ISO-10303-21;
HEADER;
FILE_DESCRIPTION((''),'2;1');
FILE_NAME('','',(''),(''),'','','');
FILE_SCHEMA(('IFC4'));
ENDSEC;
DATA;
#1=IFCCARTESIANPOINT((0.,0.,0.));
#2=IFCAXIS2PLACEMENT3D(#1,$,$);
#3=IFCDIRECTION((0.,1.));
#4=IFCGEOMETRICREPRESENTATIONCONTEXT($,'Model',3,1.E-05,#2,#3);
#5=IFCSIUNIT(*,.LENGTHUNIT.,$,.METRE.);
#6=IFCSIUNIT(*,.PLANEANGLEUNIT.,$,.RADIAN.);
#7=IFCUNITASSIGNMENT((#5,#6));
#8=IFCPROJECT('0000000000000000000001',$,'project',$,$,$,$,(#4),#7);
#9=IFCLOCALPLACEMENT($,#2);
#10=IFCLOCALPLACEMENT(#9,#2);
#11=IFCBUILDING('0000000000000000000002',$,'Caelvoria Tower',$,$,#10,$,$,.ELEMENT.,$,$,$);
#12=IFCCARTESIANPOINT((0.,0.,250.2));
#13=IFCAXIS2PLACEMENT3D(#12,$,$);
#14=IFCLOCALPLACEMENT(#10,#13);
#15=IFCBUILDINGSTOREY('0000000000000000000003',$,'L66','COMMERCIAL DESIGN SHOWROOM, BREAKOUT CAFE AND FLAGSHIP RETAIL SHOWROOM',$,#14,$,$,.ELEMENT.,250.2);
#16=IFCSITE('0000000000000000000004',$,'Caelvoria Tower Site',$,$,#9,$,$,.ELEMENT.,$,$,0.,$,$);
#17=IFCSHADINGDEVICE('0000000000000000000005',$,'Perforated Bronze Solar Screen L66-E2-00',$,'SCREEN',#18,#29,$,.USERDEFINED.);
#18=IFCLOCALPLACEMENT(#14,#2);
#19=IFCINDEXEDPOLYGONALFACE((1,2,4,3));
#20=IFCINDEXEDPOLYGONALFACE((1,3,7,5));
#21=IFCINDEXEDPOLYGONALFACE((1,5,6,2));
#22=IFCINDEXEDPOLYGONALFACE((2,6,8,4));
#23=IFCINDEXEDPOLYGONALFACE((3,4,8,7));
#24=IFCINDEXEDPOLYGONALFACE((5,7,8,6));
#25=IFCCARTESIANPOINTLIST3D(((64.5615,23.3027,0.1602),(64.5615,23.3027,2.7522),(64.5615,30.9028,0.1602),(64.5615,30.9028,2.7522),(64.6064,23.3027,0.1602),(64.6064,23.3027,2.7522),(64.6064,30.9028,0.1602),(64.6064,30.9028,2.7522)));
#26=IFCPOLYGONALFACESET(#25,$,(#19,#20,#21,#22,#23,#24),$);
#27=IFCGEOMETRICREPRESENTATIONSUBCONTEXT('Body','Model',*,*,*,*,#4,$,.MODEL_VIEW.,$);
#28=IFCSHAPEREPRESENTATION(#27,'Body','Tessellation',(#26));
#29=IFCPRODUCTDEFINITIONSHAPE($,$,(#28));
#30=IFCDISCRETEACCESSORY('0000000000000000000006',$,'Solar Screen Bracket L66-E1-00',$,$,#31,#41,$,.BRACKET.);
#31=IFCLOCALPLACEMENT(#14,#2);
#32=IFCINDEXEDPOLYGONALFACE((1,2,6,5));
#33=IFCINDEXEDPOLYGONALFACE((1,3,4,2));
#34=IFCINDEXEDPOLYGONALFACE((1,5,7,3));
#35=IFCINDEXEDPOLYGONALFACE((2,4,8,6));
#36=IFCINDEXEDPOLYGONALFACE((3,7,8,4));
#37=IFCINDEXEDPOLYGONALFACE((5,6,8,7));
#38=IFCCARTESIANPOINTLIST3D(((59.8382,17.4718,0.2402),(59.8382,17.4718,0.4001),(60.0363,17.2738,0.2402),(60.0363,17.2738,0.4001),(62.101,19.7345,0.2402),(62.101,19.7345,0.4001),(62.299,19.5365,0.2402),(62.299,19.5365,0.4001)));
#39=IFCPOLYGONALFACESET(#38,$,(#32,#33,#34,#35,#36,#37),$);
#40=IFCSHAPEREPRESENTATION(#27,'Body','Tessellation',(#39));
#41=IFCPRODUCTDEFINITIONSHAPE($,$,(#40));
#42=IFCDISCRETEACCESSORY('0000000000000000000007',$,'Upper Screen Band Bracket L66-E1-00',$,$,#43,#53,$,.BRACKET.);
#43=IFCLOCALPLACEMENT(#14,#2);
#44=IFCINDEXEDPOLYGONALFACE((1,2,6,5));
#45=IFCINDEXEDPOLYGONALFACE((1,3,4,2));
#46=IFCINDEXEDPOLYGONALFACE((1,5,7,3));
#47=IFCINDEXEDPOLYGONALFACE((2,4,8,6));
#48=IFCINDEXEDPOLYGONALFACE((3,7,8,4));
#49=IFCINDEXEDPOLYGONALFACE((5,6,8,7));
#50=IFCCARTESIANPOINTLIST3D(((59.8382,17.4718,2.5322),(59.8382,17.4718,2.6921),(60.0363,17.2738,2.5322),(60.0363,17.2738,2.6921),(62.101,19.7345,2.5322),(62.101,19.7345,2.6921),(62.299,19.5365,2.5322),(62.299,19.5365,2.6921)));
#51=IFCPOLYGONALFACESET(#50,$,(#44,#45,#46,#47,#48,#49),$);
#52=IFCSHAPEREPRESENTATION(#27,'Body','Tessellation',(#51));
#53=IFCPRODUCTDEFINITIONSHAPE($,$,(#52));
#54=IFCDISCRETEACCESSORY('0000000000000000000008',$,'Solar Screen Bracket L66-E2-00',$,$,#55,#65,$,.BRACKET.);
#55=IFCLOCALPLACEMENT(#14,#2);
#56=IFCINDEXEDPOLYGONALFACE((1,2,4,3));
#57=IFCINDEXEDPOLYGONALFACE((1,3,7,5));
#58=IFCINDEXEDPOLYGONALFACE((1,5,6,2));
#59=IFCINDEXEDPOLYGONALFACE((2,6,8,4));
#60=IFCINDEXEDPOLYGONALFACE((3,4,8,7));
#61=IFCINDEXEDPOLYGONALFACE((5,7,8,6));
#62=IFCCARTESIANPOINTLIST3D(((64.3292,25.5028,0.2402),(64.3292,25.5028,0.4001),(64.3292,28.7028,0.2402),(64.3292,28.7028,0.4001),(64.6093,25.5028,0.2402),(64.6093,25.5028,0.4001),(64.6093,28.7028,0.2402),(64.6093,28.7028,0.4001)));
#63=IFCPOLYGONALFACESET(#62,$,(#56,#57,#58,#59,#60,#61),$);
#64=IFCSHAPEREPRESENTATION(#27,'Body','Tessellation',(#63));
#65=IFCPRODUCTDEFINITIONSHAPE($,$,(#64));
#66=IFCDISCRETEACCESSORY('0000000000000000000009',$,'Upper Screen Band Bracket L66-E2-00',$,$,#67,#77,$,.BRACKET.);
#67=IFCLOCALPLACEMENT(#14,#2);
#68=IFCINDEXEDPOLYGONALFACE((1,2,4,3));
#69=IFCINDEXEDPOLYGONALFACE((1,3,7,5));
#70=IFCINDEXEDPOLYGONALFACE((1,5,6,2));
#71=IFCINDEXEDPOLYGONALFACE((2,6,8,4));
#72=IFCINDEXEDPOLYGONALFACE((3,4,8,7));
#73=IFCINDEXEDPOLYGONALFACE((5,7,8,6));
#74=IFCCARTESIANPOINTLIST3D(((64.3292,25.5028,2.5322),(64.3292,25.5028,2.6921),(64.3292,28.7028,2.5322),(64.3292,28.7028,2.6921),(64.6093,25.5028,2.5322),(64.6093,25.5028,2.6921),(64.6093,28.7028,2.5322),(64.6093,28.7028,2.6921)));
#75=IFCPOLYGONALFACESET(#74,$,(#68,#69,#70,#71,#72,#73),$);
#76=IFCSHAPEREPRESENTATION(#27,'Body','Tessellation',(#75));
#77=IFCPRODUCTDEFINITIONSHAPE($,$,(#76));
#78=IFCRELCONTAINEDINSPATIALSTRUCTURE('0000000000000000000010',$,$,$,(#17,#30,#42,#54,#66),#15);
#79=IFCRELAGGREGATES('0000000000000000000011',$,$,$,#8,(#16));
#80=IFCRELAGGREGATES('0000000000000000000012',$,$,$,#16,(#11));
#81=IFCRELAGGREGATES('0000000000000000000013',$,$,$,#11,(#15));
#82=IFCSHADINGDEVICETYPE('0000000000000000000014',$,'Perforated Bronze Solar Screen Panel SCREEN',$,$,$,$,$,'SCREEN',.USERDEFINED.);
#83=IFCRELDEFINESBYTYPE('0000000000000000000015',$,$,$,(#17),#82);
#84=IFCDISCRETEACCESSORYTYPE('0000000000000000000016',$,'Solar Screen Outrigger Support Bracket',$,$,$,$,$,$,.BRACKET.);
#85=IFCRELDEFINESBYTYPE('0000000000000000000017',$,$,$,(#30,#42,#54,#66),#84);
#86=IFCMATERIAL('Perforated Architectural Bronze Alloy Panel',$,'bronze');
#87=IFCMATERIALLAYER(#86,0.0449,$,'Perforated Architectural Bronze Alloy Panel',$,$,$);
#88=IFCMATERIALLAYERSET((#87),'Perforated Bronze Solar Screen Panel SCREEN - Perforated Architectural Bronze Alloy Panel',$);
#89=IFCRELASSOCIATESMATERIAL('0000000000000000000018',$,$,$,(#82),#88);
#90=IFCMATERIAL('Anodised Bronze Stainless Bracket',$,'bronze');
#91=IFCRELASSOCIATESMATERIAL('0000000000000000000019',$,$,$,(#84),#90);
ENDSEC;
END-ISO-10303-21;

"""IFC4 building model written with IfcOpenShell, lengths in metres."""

from ifc_helpers import new_model, si_unit, direction, frame, origin, origin_2d, place, context, subcontext, project, spatial, rectangle, extrude, material, layer, layer_set, type_object, element, save


model = new_model("IFC4")

# Units and contexts
model_context = context("Model", 3, precision=1e-05, world=origin(), true_north=direction((0.0, 1.0)))
body_context = subcontext(model_context, "Body", "Model", "MODEL_VIEW")
ifc_project = project(units=[si_unit("LENGTHUNIT", "METRE"), si_unit("PLANEANGLEUNIT", "RADIAN")], contexts=[model_context])

# Site, building, storey
site_placement = place(None, origin())
site = spatial("IfcSite", under=ifc_project, at=site_placement, Name="Caelvoria Tower Site", CompositionType="ELEMENT", RefElevation=0.0)
building_placement = place(site_placement, origin())
building = spatial("IfcBuilding", under=site, at=building_placement, Name="Caelvoria Tower", CompositionType="ELEMENT")
storey_placement = place(building_placement, frame((0.0, 0.0, 250.2)))
storey = spatial("IfcBuildingStorey", under=building, at=storey_placement, Name="L66", Description="COMMERCIAL DESIGN SHOWROOM, BREAKOUT CAFE AND FLAGSHIP RETAIL SHOWROOM", CompositionType="ELEMENT", Elevation=250.2)

# Shading device
ifc_material_1 = material(Name="Perforated Architectural Bronze Alloy Panel", Category="bronze")
ifc_layer_1 = layer(ifc_material_1, 0.0449, Name="Perforated Architectural Bronze Alloy Panel")
ifc_layer_set_1 = layer_set([ifc_layer_1], Name="Perforated Bronze Solar Screen Panel SCREEN - Perforated Architectural Bronze Alloy Panel")
shading_device_type = type_object("IfcShadingDeviceType", Name="Perforated Bronze Solar Screen Panel SCREEN", ElementType="SCREEN", PredefinedType="USERDEFINED", material=ifc_layer_set_1)
for number, where, z_axis, x_axis, name in (
    (1, (64.584, 27.1028, 0.1602), (0.0, 0.0, 1.0), (0.0, 1.0, 0.0), "Perforated Bronze Solar Screen L66-E2-00"),
):
    element("IfcShadingDevice", number, at=place(storey_placement, frame(where, z_axis=z_axis, x_axis=x_axis)), inside=storey, type_object=shading_device_type, Name=name, ObjectType="SCREEN", PredefinedType="USERDEFINED", context=body_context, shape_type="SweptSolid", body=[
        extrude(rectangle(XDim=7.6001, YDim=0.0449, at=origin_2d()), origin(), (0.0, 0.0, 1.0), 2.592),
    ])

# Discrete accessories
ifc_material_2 = material(Name="Anodised Bronze Stainless Bracket", Category="bronze")
discrete_accessory_type = type_object("IfcDiscreteAccessoryType", Name="Solar Screen Outrigger Support Bracket", PredefinedType="BRACKET", material=ifc_material_2)
for number, where, z_axis, x_axis, name in (
    (2, (61.0686, 18.5042, 0.2402), (0.0, 0.0, 1.0), (0.707107, 0.707107, 0.0), "Solar Screen Bracket L66-E1-00"),
    (3, (61.0686, 18.5042, 2.5322), (0.0, 0.0, 1.0), (0.707107, 0.707107, 0.0), "Upper Screen Band Bracket L66-E1-00"),
    (4, (64.4692, 27.1028, 0.2402), (0.0, 0.0, 1.0), (0.0, 1.0, 0.0), "Solar Screen Bracket L66-E2-00"),
    (5, (64.4692, 27.1028, 2.5322), (0.0, 0.0, 1.0), (0.0, 1.0, 0.0), "Upper Screen Band Bracket L66-E2-00"),
):
    element("IfcDiscreteAccessory", number, at=place(storey_placement, frame(where, z_axis=z_axis, x_axis=x_axis)), inside=storey, type_object=discrete_accessory_type, Name=name, PredefinedType="BRACKET", context=body_context, shape_type="SweptSolid", body=[
        extrude(rectangle(XDim=3.2, YDim=0.28, at=origin_2d()), origin(), (0.0, 0.0, 1.0), 0.1599),
    ])

save(model, "model.ifc")
